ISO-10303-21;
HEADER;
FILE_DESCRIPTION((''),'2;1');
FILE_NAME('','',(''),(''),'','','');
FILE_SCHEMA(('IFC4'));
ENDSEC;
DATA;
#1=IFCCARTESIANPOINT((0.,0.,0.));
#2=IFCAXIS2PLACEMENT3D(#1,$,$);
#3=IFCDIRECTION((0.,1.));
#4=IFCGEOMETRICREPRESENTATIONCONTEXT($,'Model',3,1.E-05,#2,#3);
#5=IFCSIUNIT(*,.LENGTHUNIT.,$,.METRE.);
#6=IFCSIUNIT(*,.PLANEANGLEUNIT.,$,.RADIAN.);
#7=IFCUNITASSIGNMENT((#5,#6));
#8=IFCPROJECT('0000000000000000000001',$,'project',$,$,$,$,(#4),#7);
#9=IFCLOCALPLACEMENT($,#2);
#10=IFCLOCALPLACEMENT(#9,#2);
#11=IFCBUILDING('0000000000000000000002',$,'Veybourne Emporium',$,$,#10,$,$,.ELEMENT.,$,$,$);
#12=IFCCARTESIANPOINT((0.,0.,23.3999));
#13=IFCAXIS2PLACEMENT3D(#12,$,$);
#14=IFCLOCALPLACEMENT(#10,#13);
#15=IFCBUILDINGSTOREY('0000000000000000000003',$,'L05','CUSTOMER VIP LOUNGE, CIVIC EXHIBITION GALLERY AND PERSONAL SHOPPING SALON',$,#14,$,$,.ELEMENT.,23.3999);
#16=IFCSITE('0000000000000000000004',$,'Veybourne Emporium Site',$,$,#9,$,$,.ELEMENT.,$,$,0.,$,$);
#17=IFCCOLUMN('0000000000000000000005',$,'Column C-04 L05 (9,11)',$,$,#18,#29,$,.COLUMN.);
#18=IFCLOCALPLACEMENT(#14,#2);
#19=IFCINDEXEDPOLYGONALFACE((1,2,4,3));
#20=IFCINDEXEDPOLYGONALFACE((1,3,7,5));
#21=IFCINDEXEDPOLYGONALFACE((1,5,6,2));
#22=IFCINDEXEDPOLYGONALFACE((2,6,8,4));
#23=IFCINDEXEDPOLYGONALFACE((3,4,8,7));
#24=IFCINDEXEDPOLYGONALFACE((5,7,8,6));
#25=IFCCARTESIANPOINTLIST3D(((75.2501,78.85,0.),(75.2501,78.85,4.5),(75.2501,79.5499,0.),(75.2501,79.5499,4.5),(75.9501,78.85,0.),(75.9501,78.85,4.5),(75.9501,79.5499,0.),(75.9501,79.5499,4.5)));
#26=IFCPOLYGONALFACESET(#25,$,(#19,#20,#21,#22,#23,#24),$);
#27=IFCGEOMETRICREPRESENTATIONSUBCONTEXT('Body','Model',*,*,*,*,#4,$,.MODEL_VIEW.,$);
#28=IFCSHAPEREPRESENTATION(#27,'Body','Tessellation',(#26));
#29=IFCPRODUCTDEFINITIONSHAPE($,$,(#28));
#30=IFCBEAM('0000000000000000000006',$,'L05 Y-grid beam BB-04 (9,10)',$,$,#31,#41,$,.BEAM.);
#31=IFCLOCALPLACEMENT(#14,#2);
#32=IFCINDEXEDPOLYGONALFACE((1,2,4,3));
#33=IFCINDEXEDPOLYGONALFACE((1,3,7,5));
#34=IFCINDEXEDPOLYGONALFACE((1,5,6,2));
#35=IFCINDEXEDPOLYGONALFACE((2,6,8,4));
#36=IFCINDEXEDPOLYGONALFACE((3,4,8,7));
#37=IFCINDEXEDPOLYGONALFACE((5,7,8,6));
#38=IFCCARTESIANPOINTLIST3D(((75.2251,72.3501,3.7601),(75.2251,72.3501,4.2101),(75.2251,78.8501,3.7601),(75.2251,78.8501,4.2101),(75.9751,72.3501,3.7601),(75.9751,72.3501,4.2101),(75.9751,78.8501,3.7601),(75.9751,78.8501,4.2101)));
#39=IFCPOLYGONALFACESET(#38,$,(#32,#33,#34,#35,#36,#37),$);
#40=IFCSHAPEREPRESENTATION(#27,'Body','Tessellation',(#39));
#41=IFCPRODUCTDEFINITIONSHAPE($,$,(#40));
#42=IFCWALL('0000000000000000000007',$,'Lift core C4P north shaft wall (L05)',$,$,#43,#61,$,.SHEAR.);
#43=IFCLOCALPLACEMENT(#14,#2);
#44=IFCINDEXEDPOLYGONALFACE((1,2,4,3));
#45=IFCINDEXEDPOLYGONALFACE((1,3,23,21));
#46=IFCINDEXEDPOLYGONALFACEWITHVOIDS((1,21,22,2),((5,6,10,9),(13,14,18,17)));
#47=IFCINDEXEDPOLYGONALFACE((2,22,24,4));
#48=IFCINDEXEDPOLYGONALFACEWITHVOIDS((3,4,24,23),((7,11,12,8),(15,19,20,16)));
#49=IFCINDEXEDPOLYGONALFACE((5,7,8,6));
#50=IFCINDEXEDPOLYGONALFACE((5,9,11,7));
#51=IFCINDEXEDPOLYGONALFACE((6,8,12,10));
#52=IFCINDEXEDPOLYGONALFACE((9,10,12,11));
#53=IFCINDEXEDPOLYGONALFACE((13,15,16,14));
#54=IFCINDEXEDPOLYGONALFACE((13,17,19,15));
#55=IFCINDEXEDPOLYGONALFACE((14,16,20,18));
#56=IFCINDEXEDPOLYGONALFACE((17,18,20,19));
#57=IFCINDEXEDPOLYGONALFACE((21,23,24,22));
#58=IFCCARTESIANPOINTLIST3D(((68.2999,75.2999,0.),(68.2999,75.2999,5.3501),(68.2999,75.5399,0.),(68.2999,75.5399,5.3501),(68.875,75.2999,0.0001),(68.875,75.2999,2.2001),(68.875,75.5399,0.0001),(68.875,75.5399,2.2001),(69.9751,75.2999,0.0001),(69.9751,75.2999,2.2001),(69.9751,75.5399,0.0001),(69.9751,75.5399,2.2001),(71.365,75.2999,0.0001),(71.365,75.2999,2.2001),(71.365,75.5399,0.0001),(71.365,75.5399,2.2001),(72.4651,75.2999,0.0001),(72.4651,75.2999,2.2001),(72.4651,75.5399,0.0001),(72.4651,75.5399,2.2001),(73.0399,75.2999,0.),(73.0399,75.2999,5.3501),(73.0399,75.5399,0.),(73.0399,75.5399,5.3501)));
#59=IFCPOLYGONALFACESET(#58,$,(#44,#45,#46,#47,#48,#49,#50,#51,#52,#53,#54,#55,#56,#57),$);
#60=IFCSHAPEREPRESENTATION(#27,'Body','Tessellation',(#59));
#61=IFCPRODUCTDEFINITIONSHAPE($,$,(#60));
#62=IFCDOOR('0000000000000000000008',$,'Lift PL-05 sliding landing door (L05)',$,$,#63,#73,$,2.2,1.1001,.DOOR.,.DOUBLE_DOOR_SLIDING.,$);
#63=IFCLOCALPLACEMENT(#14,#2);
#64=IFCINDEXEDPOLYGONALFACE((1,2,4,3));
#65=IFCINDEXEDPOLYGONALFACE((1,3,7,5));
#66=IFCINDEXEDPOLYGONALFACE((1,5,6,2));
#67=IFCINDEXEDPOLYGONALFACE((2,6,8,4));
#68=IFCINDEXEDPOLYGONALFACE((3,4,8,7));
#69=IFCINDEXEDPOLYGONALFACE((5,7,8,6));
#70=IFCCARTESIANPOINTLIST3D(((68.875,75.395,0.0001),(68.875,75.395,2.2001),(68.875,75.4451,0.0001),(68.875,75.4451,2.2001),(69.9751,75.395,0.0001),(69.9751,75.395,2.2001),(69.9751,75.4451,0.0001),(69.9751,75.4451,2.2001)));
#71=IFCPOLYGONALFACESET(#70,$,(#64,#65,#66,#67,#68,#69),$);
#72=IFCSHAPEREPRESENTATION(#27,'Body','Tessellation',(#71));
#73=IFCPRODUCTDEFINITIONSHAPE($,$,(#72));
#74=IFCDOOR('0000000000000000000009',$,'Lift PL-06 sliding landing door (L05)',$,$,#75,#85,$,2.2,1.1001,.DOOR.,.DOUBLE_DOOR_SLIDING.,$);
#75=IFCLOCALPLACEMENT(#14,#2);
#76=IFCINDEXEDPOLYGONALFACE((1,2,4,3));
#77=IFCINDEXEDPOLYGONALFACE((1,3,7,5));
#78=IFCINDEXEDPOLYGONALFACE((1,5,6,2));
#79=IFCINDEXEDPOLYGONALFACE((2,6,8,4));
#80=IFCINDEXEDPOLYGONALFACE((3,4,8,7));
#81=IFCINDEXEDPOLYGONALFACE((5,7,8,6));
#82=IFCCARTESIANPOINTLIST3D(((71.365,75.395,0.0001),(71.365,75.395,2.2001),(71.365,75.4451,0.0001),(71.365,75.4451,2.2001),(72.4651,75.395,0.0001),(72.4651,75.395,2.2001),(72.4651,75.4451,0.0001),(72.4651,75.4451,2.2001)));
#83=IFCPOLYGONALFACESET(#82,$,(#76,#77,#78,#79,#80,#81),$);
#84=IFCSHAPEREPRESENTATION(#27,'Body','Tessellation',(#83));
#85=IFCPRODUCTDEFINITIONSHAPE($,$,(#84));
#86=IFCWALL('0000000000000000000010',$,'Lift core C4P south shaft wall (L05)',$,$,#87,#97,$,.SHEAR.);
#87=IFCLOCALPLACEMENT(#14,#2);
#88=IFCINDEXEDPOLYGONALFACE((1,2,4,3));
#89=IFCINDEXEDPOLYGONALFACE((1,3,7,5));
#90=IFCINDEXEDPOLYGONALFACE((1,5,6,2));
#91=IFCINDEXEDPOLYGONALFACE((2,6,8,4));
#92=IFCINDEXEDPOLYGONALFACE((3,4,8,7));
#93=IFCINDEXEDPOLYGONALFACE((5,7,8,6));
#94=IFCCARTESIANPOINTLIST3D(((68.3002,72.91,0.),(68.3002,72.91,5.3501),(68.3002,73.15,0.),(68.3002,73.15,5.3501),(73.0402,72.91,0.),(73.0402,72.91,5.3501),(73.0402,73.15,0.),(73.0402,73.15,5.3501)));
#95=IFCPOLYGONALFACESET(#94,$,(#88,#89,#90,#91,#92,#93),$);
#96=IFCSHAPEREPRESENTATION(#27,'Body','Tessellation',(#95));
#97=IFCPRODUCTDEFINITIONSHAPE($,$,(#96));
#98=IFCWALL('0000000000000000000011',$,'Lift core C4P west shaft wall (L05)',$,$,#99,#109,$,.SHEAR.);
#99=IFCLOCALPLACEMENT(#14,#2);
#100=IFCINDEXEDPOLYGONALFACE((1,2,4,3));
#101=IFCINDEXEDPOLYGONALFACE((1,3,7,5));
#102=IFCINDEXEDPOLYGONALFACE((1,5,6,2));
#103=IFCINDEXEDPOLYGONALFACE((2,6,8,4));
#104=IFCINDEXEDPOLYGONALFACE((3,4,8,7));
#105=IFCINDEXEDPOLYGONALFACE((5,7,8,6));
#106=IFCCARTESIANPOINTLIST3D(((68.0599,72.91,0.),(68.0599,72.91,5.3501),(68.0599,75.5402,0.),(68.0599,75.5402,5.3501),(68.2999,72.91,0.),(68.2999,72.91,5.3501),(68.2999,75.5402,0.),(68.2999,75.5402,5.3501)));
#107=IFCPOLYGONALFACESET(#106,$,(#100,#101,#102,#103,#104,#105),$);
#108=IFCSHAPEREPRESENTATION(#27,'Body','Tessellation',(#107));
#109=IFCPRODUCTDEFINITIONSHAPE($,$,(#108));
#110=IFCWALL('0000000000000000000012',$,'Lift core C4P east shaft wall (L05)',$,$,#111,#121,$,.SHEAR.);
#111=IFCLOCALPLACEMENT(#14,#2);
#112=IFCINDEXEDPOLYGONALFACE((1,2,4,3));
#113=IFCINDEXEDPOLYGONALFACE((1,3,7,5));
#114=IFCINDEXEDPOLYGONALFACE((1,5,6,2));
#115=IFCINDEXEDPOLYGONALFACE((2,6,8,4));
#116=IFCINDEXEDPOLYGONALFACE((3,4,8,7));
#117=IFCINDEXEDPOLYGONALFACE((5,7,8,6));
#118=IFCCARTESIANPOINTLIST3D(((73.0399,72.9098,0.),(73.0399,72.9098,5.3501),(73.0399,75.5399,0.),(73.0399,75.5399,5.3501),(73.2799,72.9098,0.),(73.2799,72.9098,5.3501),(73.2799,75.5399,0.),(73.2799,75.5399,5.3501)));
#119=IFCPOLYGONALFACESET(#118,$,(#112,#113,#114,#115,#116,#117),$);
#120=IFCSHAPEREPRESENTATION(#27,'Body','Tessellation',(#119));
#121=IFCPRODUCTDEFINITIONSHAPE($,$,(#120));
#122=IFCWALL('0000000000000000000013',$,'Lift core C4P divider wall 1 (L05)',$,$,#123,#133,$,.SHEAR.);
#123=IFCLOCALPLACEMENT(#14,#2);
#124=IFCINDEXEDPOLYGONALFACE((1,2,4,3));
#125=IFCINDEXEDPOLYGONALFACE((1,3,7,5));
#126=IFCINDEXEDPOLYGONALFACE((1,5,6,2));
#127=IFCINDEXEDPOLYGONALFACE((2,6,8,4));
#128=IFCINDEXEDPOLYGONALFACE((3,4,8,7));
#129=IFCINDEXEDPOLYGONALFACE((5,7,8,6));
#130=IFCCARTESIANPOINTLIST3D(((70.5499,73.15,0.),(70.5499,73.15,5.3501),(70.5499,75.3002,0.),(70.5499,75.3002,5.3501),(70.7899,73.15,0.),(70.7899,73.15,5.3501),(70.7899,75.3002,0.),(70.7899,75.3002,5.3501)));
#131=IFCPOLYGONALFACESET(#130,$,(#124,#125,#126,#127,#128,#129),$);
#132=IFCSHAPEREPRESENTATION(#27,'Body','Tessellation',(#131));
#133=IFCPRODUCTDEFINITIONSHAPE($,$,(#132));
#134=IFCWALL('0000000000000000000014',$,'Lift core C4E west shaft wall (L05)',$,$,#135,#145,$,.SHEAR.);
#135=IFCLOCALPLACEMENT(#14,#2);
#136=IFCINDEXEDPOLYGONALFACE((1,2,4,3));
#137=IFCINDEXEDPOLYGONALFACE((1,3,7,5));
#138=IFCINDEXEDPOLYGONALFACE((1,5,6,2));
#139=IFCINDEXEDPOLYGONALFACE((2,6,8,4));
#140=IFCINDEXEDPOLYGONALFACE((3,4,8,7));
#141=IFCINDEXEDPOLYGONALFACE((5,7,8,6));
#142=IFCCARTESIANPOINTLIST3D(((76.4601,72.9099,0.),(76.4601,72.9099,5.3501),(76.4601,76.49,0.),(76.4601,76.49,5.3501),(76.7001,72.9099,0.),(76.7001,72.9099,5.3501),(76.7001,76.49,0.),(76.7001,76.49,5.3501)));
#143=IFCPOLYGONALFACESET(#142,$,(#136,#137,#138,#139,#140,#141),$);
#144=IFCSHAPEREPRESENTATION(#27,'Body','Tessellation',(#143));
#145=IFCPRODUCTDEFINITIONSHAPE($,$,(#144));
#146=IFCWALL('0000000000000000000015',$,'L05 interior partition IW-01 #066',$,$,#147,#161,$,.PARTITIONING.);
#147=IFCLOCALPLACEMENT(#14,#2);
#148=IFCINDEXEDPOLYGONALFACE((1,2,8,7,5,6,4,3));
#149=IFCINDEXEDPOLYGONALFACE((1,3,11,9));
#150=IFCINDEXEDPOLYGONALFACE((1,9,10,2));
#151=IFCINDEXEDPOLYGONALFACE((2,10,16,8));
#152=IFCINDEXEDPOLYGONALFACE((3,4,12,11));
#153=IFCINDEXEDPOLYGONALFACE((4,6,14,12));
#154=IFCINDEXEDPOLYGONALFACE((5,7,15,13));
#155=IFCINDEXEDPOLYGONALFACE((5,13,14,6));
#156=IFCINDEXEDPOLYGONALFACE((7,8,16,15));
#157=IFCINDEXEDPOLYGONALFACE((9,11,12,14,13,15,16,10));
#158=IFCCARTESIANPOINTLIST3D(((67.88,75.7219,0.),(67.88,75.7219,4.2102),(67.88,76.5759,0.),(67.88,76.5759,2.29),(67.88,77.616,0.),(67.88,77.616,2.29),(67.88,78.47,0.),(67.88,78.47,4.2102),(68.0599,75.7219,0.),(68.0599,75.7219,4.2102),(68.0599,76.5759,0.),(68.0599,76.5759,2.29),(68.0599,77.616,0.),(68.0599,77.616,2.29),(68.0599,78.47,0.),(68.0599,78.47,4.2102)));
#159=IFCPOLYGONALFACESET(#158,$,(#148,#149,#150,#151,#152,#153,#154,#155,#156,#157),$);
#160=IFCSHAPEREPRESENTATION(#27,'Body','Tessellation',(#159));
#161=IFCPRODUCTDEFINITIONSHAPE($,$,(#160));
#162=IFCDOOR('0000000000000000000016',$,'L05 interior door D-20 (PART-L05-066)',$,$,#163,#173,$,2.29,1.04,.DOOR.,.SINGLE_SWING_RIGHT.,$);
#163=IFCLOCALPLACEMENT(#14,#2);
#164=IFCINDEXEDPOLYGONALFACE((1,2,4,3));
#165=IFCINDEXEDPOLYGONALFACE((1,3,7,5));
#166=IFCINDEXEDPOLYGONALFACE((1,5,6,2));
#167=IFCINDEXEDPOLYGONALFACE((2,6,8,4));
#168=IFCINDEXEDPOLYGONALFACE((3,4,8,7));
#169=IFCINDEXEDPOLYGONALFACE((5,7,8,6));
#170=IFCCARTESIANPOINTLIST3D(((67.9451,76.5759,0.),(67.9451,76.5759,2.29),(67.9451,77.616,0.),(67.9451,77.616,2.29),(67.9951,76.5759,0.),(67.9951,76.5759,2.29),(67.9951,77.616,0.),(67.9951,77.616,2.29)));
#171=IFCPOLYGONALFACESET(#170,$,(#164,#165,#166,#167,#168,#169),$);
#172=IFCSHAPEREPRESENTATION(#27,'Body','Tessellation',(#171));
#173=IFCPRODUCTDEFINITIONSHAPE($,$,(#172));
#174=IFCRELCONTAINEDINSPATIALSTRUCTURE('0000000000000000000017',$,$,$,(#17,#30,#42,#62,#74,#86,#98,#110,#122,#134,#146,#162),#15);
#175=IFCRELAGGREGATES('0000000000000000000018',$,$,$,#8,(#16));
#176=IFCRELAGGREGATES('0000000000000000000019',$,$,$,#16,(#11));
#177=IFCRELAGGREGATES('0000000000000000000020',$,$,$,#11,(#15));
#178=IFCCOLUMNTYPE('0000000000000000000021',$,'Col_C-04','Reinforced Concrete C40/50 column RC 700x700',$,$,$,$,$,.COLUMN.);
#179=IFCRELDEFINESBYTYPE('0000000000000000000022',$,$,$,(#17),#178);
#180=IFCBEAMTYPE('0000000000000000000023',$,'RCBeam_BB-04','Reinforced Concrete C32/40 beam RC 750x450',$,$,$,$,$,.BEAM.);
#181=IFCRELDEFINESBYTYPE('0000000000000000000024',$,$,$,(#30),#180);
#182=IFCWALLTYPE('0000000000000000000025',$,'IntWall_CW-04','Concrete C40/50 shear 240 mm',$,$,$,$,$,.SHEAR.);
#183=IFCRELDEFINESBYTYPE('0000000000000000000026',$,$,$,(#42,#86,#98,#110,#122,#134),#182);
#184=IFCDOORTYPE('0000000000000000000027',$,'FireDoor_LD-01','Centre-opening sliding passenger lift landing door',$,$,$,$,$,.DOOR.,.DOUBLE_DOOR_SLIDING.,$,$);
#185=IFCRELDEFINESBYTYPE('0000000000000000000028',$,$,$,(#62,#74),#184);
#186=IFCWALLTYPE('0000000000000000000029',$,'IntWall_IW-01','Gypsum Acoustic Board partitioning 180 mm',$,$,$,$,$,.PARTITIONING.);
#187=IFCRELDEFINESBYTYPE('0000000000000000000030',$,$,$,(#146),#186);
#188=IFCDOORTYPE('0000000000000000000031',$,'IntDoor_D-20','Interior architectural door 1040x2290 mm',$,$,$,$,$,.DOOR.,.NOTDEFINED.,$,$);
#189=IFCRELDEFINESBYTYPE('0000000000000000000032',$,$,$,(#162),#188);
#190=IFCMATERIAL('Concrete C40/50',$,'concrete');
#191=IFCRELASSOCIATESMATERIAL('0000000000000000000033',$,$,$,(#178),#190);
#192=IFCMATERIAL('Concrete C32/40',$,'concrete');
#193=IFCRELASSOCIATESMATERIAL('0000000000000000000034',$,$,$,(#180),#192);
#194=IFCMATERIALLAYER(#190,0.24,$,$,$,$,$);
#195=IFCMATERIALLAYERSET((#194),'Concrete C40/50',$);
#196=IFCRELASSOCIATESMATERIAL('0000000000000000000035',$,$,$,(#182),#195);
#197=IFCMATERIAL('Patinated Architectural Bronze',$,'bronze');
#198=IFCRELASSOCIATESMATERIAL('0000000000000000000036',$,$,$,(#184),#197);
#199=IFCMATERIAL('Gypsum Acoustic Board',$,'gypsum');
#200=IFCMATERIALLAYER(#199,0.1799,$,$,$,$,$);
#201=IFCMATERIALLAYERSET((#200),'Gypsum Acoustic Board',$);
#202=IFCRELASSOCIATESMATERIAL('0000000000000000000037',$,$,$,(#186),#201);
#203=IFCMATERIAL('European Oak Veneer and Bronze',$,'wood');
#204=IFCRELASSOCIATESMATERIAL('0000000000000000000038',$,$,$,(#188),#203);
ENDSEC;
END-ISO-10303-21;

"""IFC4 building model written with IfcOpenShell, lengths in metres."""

from ifc_helpers import new_model, si_unit, direction, frame, frame_2d, origin, origin_2d, place, context, subcontext, project, spatial, rectangle, extrude, material, layer, layer_set, material_profile, profile_set, type_object, element, fill, save


model = new_model("IFC4")

# Units and contexts
model_context = context("Model", 3, precision=1e-05, world=origin(), true_north=direction((0.0, 1.0)))
body_context = subcontext(model_context, "Body", "Model", "MODEL_VIEW")
ifc_project = project(units=[si_unit("LENGTHUNIT", "METRE"), si_unit("PLANEANGLEUNIT", "RADIAN")], contexts=[model_context])

# Site, building, storey
site_placement = place(None, origin())
site = spatial("IfcSite", under=ifc_project, at=site_placement, Name="Veybourne Emporium Site", CompositionType="ELEMENT", RefElevation=0.0)
building_placement = place(site_placement, origin())
building = spatial("IfcBuilding", under=site, at=building_placement, Name="Veybourne Emporium", CompositionType="ELEMENT")
storey_placement = place(building_placement, frame((0.0, 0.0, 23.3999)))
storey = spatial("IfcBuildingStorey", under=building, at=storey_placement, Name="L05", Description="CUSTOMER VIP LOUNGE, CIVIC EXHIBITION GALLERY AND PERSONAL SHOPPING SALON", CompositionType="ELEMENT", Elevation=23.3999)

# Column
ifc_material_1 = material(Name="Concrete C40/50", Category="concrete")
ifc_material_profile_1 = material_profile(ifc_material_1, rectangle(XDim=0.7, YDim=0.7, at=origin_2d()), Name="RC 700x700")
ifc_profile_set_1 = profile_set([ifc_material_profile_1], Name="Concrete C40/50")
column_type = type_object("IfcColumnType", Name="Col_C-04", Description="Reinforced Concrete C40/50 column RC 700x700", PredefinedType="COLUMN", material=ifc_profile_set_1)
column_placement = place(storey_placement, frame((75.6001, 79.2, 0.0), z_axis=(0.0, 0.0, 1.0), x_axis=(1.0, 0.0, 0.0)))
element("IfcColumn", 1, at=column_placement, inside=storey, type_object=column_type, Name="Column C-04 L05 (9,11)", PredefinedType="COLUMN", context=body_context, shape_type="SweptSolid", body=[
    extrude(rectangle(XDim=0.7, YDim=0.7, at=origin_2d()), origin(), (0.0, 0.0, 1.0), 4.5),
])

# Beam
ifc_material_2 = material(Name="Concrete C32/40", Category="concrete")
ifc_material_profile_2 = material_profile(ifc_material_2, rectangle(XDim=0.75, YDim=0.45, at=origin_2d()), Name="RC 750x450")
ifc_profile_set_2 = profile_set([ifc_material_profile_2], Name="Concrete C32/40")
beam_type = type_object("IfcBeamType", Name="RCBeam_BB-04", Description="Reinforced Concrete C32/40 beam RC 750x450", PredefinedType="BEAM", material=ifc_profile_set_2)
beam_placement = place(storey_placement, frame((75.6001, 72.3501, 3.9851), z_axis=(0.0, 1.0, 0.0), x_axis=(-1.0, 0.0, 0.0)))
element("IfcBeam", 2, at=beam_placement, inside=storey, type_object=beam_type, Name="L05 Y-grid beam BB-04 (9,10)", PredefinedType="BEAM", context=body_context, shape_type="SweptSolid", body=[
    extrude(rectangle(XDim=0.75, YDim=0.45, at=origin_2d()), origin(), (0.0, 0.0, 1.0), 6.5),
])

# Wall, openings, doors
ifc_layer_1 = layer(ifc_material_1, 0.24)
ifc_layer_set_1 = layer_set([ifc_layer_1], Name="Concrete C40/50")
wall_type_1 = type_object("IfcWallType", Name="IntWall_CW-04", Description="Concrete C40/50 shear 240 mm", PredefinedType="SHEAR", material=ifc_layer_set_1)
wall_1_placement = place(storey_placement, frame((73.04, 75.4199, 0.0), z_axis=(0.0, 0.0, 1.0), x_axis=(-1.0, 0.0, 0.0)))
wall_1 = element("IfcWall", 3, at=wall_1_placement, inside=storey, type_object=wall_type_1, Name="Lift core C4P north shaft wall (L05)", PredefinedType="SHEAR", context=body_context, shape_type="SweptSolid", body=[
    extrude(rectangle(XDim=4.74, YDim=0.24, at=frame_2d((2.3701, 0.0))), origin(), (0.0, 0.0, 1.0), 5.3501),
])
opening_1_placement = place(wall_1_placement, frame((3.0649, 0.0, 0.0)))
opening_1 = element("IfcOpeningElement", 4, at=opening_1_placement, cuts=wall_1, PredefinedType="OPENING", context=body_context, shape_type="SweptSolid", body=[
    extrude(rectangle(XDim=1.1001, YDim=2.2, at=frame_2d((0.55, 1.1001))), frame((0.0, 0.1401, 0.0), z_axis=(0.0, -1.0, 0.0), x_axis=(1.0, 0.0, 0.0)), (0.0, 0.0, 1.0), 0.28),
])
opening_2_placement = place(wall_1_placement, frame((0.575, 0.0, 0.0)))
opening_2 = element("IfcOpeningElement", 5, at=opening_2_placement, cuts=wall_1, PredefinedType="OPENING", context=body_context, shape_type="SweptSolid", body=[
    extrude(rectangle(XDim=1.1001, YDim=2.2, at=frame_2d((0.55, 1.1001))), frame((0.0, 0.1401, 0.0), z_axis=(0.0, -1.0, 0.0), x_axis=(1.0, 0.0, 0.0)), (0.0, 0.0, 1.0), 0.28),
])
ifc_material_3 = material(Name="Patinated Architectural Bronze", Category="bronze")
door_type_1 = type_object("IfcDoorType", Name="FireDoor_LD-01", Description="Centre-opening sliding passenger lift landing door", OperationType="DOUBLE_DOOR_SLIDING", PredefinedType="DOOR", material=ifc_material_3)
door_1_placement = place(opening_1_placement, origin())
door_1 = element("IfcDoor", 6, at=door_1_placement, inside=storey, type_object=door_type_1, Name="Lift PL-05 sliding landing door (L05)", OperationType="DOUBLE_DOOR_SLIDING", OverallHeight=2.2, OverallWidth=1.1001, PredefinedType="DOOR", context=body_context, shape_type="SweptSolid", body=[
    extrude(rectangle(XDim=1.1001, YDim=2.2, at=frame_2d((0.55, 1.1001))), frame((0.0, 0.0249, 0.0), z_axis=(0.0, -1.0, 0.0), x_axis=(1.0, 0.0, 0.0)), (0.0, 0.0, 1.0), 0.05),
])
fill(opening_1, door_1)
door_2_placement = place(opening_2_placement, origin())
door_2 = element("IfcDoor", 7, at=door_2_placement, inside=storey, type_object=door_type_1, Name="Lift PL-06 sliding landing door (L05)", OperationType="DOUBLE_DOOR_SLIDING", OverallHeight=2.2, OverallWidth=1.1001, PredefinedType="DOOR", context=body_context, shape_type="SweptSolid", body=[
    extrude(rectangle(XDim=1.1001, YDim=2.2, at=frame_2d((0.55, 1.1001))), frame((0.0, 0.0249, 0.0), z_axis=(0.0, -1.0, 0.0), x_axis=(1.0, 0.0, 0.0)), (0.0, 0.0, 1.0), 0.05),
])
fill(opening_2, door_2)

# Walls
wall_2_placement = place(storey_placement, frame((68.3, 73.03, 0.0), z_axis=(0.0, 0.0, 1.0), x_axis=(1.0, 0.0, 0.0)))
element("IfcWall", 8, at=wall_2_placement, inside=storey, type_object=wall_type_1, Name="Lift core C4P south shaft wall (L05)", PredefinedType="SHEAR", context=body_context, shape_type="SweptSolid", body=[
    extrude(rectangle(XDim=4.74, YDim=0.24, at=frame_2d((2.3701, 0.0))), origin(), (0.0, 0.0, 1.0), 5.3501),
])
for number, where, z_axis, x_axis, name in (
    (9, (68.1799, 75.54, 0.0), (0.0, 0.0, 1.0), (0.0, -1.0, 0.0), "Lift core C4P west shaft wall (L05)"),
    (10, (73.1599, 72.9099, 0.0), (0.0, 0.0, 1.0), (0.0, 1.0, 0.0), "Lift core C4P east shaft wall (L05)"),
):
    element("IfcWall", number, at=place(storey_placement, frame(where, z_axis=z_axis, x_axis=x_axis)), inside=storey, type_object=wall_type_1, Name=name, PredefinedType="SHEAR", context=body_context, shape_type="SweptSolid", body=[
        extrude(rectangle(XDim=2.6301, YDim=0.24, at=frame_2d((1.3149, 0.0))), origin(), (0.0, 0.0, 1.0), 5.3501),
    ])
wall_3_placement = place(storey_placement, frame((70.6699, 73.1499, 0.0), z_axis=(0.0, 0.0, 1.0), x_axis=(0.0, 1.0, 0.0)))
element("IfcWall", 11, at=wall_3_placement, inside=storey, type_object=wall_type_1, Name="Lift core C4P divider wall 1 (L05)", PredefinedType="SHEAR", context=body_context, shape_type="SweptSolid", body=[
    extrude(rectangle(XDim=2.1501, YDim=0.24, at=frame_2d((1.0752, 0.0))), origin(), (0.0, 0.0, 1.0), 5.3501),
])
wall_4_placement = place(storey_placement, frame((76.5801, 76.49, 0.0), z_axis=(0.0, 0.0, 1.0), x_axis=(0.0, -1.0, 0.0)))
element("IfcWall", 12, at=wall_4_placement, inside=storey, type_object=wall_type_1, Name="Lift core C4E west shaft wall (L05)", PredefinedType="SHEAR", context=body_context, shape_type="SweptSolid", body=[
    extrude(rectangle(XDim=3.5801, YDim=0.24, at=frame_2d((1.79, 0.0))), origin(), (0.0, 0.0, 1.0), 5.3501),
])

# Wall, opening, door
ifc_material_4 = material(Name="Gypsum Acoustic Board", Category="gypsum")
ifc_layer_2 = layer(ifc_material_4, 0.1799)
ifc_layer_set_2 = layer_set([ifc_layer_2], Name="Gypsum Acoustic Board")
wall_type_2 = type_object("IfcWallType", Name="IntWall_IW-01", Description="Gypsum Acoustic Board partitioning 180 mm", PredefinedType="PARTITIONING", material=ifc_layer_set_2)
wall_5_placement = place(storey_placement, frame((67.97, 75.7219, 0.0), z_axis=(0.0, 0.0, 1.0), x_axis=(0.0, 1.0, 0.0)))
wall_5 = element("IfcWall", 13, at=wall_5_placement, inside=storey, type_object=wall_type_2, Name="L05 interior partition IW-01 #066", PredefinedType="PARTITIONING", context=body_context, shape_type="SweptSolid", body=[
    extrude(rectangle(XDim=2.748, YDim=0.1799, at=frame_2d((1.374, 0.0))), origin(), (0.0, 0.0, 1.0), 4.2102),
])
opening_3_placement = place(wall_5_placement, frame((0.854, 0.0, 0.0)))
opening_3 = element("IfcOpeningElement", 14, at=opening_3_placement, cuts=wall_5, PredefinedType="OPENING", context=body_context, shape_type="SweptSolid", body=[
    extrude(rectangle(XDim=1.04, YDim=2.29, at=frame_2d((0.52, 1.145))), frame((0.0, 0.1099, 0.0), z_axis=(0.0, -1.0, 0.0), x_axis=(1.0, 0.0, 0.0)), (0.0, 0.0, 1.0), 0.22),
])
ifc_material_5 = material(Name="European Oak Veneer and Bronze", Category="wood")
door_type_2 = type_object("IfcDoorType", Name="IntDoor_D-20", Description="Interior architectural door 1040x2290 mm", OperationType="NOTDEFINED", PredefinedType="DOOR", material=ifc_material_5)
door_3_placement = place(opening_3_placement, origin())
door_3 = element("IfcDoor", 15, at=door_3_placement, inside=storey, type_object=door_type_2, Name="L05 interior door D-20 (PART-L05-066)", OperationType="SINGLE_SWING_RIGHT", OverallHeight=2.29, OverallWidth=1.04, PredefinedType="DOOR", context=body_context, shape_type="SweptSolid", body=[
    extrude(rectangle(XDim=1.04, YDim=2.29, at=frame_2d((0.52, 1.145))), frame((0.0, 0.0249, 0.0), z_axis=(0.0, -1.0, 0.0), x_axis=(1.0, 0.0, 0.0)), (0.0, 0.0, 1.0), 0.05),
])
fill(opening_3, door_3)

save(model, "model.ifc")
